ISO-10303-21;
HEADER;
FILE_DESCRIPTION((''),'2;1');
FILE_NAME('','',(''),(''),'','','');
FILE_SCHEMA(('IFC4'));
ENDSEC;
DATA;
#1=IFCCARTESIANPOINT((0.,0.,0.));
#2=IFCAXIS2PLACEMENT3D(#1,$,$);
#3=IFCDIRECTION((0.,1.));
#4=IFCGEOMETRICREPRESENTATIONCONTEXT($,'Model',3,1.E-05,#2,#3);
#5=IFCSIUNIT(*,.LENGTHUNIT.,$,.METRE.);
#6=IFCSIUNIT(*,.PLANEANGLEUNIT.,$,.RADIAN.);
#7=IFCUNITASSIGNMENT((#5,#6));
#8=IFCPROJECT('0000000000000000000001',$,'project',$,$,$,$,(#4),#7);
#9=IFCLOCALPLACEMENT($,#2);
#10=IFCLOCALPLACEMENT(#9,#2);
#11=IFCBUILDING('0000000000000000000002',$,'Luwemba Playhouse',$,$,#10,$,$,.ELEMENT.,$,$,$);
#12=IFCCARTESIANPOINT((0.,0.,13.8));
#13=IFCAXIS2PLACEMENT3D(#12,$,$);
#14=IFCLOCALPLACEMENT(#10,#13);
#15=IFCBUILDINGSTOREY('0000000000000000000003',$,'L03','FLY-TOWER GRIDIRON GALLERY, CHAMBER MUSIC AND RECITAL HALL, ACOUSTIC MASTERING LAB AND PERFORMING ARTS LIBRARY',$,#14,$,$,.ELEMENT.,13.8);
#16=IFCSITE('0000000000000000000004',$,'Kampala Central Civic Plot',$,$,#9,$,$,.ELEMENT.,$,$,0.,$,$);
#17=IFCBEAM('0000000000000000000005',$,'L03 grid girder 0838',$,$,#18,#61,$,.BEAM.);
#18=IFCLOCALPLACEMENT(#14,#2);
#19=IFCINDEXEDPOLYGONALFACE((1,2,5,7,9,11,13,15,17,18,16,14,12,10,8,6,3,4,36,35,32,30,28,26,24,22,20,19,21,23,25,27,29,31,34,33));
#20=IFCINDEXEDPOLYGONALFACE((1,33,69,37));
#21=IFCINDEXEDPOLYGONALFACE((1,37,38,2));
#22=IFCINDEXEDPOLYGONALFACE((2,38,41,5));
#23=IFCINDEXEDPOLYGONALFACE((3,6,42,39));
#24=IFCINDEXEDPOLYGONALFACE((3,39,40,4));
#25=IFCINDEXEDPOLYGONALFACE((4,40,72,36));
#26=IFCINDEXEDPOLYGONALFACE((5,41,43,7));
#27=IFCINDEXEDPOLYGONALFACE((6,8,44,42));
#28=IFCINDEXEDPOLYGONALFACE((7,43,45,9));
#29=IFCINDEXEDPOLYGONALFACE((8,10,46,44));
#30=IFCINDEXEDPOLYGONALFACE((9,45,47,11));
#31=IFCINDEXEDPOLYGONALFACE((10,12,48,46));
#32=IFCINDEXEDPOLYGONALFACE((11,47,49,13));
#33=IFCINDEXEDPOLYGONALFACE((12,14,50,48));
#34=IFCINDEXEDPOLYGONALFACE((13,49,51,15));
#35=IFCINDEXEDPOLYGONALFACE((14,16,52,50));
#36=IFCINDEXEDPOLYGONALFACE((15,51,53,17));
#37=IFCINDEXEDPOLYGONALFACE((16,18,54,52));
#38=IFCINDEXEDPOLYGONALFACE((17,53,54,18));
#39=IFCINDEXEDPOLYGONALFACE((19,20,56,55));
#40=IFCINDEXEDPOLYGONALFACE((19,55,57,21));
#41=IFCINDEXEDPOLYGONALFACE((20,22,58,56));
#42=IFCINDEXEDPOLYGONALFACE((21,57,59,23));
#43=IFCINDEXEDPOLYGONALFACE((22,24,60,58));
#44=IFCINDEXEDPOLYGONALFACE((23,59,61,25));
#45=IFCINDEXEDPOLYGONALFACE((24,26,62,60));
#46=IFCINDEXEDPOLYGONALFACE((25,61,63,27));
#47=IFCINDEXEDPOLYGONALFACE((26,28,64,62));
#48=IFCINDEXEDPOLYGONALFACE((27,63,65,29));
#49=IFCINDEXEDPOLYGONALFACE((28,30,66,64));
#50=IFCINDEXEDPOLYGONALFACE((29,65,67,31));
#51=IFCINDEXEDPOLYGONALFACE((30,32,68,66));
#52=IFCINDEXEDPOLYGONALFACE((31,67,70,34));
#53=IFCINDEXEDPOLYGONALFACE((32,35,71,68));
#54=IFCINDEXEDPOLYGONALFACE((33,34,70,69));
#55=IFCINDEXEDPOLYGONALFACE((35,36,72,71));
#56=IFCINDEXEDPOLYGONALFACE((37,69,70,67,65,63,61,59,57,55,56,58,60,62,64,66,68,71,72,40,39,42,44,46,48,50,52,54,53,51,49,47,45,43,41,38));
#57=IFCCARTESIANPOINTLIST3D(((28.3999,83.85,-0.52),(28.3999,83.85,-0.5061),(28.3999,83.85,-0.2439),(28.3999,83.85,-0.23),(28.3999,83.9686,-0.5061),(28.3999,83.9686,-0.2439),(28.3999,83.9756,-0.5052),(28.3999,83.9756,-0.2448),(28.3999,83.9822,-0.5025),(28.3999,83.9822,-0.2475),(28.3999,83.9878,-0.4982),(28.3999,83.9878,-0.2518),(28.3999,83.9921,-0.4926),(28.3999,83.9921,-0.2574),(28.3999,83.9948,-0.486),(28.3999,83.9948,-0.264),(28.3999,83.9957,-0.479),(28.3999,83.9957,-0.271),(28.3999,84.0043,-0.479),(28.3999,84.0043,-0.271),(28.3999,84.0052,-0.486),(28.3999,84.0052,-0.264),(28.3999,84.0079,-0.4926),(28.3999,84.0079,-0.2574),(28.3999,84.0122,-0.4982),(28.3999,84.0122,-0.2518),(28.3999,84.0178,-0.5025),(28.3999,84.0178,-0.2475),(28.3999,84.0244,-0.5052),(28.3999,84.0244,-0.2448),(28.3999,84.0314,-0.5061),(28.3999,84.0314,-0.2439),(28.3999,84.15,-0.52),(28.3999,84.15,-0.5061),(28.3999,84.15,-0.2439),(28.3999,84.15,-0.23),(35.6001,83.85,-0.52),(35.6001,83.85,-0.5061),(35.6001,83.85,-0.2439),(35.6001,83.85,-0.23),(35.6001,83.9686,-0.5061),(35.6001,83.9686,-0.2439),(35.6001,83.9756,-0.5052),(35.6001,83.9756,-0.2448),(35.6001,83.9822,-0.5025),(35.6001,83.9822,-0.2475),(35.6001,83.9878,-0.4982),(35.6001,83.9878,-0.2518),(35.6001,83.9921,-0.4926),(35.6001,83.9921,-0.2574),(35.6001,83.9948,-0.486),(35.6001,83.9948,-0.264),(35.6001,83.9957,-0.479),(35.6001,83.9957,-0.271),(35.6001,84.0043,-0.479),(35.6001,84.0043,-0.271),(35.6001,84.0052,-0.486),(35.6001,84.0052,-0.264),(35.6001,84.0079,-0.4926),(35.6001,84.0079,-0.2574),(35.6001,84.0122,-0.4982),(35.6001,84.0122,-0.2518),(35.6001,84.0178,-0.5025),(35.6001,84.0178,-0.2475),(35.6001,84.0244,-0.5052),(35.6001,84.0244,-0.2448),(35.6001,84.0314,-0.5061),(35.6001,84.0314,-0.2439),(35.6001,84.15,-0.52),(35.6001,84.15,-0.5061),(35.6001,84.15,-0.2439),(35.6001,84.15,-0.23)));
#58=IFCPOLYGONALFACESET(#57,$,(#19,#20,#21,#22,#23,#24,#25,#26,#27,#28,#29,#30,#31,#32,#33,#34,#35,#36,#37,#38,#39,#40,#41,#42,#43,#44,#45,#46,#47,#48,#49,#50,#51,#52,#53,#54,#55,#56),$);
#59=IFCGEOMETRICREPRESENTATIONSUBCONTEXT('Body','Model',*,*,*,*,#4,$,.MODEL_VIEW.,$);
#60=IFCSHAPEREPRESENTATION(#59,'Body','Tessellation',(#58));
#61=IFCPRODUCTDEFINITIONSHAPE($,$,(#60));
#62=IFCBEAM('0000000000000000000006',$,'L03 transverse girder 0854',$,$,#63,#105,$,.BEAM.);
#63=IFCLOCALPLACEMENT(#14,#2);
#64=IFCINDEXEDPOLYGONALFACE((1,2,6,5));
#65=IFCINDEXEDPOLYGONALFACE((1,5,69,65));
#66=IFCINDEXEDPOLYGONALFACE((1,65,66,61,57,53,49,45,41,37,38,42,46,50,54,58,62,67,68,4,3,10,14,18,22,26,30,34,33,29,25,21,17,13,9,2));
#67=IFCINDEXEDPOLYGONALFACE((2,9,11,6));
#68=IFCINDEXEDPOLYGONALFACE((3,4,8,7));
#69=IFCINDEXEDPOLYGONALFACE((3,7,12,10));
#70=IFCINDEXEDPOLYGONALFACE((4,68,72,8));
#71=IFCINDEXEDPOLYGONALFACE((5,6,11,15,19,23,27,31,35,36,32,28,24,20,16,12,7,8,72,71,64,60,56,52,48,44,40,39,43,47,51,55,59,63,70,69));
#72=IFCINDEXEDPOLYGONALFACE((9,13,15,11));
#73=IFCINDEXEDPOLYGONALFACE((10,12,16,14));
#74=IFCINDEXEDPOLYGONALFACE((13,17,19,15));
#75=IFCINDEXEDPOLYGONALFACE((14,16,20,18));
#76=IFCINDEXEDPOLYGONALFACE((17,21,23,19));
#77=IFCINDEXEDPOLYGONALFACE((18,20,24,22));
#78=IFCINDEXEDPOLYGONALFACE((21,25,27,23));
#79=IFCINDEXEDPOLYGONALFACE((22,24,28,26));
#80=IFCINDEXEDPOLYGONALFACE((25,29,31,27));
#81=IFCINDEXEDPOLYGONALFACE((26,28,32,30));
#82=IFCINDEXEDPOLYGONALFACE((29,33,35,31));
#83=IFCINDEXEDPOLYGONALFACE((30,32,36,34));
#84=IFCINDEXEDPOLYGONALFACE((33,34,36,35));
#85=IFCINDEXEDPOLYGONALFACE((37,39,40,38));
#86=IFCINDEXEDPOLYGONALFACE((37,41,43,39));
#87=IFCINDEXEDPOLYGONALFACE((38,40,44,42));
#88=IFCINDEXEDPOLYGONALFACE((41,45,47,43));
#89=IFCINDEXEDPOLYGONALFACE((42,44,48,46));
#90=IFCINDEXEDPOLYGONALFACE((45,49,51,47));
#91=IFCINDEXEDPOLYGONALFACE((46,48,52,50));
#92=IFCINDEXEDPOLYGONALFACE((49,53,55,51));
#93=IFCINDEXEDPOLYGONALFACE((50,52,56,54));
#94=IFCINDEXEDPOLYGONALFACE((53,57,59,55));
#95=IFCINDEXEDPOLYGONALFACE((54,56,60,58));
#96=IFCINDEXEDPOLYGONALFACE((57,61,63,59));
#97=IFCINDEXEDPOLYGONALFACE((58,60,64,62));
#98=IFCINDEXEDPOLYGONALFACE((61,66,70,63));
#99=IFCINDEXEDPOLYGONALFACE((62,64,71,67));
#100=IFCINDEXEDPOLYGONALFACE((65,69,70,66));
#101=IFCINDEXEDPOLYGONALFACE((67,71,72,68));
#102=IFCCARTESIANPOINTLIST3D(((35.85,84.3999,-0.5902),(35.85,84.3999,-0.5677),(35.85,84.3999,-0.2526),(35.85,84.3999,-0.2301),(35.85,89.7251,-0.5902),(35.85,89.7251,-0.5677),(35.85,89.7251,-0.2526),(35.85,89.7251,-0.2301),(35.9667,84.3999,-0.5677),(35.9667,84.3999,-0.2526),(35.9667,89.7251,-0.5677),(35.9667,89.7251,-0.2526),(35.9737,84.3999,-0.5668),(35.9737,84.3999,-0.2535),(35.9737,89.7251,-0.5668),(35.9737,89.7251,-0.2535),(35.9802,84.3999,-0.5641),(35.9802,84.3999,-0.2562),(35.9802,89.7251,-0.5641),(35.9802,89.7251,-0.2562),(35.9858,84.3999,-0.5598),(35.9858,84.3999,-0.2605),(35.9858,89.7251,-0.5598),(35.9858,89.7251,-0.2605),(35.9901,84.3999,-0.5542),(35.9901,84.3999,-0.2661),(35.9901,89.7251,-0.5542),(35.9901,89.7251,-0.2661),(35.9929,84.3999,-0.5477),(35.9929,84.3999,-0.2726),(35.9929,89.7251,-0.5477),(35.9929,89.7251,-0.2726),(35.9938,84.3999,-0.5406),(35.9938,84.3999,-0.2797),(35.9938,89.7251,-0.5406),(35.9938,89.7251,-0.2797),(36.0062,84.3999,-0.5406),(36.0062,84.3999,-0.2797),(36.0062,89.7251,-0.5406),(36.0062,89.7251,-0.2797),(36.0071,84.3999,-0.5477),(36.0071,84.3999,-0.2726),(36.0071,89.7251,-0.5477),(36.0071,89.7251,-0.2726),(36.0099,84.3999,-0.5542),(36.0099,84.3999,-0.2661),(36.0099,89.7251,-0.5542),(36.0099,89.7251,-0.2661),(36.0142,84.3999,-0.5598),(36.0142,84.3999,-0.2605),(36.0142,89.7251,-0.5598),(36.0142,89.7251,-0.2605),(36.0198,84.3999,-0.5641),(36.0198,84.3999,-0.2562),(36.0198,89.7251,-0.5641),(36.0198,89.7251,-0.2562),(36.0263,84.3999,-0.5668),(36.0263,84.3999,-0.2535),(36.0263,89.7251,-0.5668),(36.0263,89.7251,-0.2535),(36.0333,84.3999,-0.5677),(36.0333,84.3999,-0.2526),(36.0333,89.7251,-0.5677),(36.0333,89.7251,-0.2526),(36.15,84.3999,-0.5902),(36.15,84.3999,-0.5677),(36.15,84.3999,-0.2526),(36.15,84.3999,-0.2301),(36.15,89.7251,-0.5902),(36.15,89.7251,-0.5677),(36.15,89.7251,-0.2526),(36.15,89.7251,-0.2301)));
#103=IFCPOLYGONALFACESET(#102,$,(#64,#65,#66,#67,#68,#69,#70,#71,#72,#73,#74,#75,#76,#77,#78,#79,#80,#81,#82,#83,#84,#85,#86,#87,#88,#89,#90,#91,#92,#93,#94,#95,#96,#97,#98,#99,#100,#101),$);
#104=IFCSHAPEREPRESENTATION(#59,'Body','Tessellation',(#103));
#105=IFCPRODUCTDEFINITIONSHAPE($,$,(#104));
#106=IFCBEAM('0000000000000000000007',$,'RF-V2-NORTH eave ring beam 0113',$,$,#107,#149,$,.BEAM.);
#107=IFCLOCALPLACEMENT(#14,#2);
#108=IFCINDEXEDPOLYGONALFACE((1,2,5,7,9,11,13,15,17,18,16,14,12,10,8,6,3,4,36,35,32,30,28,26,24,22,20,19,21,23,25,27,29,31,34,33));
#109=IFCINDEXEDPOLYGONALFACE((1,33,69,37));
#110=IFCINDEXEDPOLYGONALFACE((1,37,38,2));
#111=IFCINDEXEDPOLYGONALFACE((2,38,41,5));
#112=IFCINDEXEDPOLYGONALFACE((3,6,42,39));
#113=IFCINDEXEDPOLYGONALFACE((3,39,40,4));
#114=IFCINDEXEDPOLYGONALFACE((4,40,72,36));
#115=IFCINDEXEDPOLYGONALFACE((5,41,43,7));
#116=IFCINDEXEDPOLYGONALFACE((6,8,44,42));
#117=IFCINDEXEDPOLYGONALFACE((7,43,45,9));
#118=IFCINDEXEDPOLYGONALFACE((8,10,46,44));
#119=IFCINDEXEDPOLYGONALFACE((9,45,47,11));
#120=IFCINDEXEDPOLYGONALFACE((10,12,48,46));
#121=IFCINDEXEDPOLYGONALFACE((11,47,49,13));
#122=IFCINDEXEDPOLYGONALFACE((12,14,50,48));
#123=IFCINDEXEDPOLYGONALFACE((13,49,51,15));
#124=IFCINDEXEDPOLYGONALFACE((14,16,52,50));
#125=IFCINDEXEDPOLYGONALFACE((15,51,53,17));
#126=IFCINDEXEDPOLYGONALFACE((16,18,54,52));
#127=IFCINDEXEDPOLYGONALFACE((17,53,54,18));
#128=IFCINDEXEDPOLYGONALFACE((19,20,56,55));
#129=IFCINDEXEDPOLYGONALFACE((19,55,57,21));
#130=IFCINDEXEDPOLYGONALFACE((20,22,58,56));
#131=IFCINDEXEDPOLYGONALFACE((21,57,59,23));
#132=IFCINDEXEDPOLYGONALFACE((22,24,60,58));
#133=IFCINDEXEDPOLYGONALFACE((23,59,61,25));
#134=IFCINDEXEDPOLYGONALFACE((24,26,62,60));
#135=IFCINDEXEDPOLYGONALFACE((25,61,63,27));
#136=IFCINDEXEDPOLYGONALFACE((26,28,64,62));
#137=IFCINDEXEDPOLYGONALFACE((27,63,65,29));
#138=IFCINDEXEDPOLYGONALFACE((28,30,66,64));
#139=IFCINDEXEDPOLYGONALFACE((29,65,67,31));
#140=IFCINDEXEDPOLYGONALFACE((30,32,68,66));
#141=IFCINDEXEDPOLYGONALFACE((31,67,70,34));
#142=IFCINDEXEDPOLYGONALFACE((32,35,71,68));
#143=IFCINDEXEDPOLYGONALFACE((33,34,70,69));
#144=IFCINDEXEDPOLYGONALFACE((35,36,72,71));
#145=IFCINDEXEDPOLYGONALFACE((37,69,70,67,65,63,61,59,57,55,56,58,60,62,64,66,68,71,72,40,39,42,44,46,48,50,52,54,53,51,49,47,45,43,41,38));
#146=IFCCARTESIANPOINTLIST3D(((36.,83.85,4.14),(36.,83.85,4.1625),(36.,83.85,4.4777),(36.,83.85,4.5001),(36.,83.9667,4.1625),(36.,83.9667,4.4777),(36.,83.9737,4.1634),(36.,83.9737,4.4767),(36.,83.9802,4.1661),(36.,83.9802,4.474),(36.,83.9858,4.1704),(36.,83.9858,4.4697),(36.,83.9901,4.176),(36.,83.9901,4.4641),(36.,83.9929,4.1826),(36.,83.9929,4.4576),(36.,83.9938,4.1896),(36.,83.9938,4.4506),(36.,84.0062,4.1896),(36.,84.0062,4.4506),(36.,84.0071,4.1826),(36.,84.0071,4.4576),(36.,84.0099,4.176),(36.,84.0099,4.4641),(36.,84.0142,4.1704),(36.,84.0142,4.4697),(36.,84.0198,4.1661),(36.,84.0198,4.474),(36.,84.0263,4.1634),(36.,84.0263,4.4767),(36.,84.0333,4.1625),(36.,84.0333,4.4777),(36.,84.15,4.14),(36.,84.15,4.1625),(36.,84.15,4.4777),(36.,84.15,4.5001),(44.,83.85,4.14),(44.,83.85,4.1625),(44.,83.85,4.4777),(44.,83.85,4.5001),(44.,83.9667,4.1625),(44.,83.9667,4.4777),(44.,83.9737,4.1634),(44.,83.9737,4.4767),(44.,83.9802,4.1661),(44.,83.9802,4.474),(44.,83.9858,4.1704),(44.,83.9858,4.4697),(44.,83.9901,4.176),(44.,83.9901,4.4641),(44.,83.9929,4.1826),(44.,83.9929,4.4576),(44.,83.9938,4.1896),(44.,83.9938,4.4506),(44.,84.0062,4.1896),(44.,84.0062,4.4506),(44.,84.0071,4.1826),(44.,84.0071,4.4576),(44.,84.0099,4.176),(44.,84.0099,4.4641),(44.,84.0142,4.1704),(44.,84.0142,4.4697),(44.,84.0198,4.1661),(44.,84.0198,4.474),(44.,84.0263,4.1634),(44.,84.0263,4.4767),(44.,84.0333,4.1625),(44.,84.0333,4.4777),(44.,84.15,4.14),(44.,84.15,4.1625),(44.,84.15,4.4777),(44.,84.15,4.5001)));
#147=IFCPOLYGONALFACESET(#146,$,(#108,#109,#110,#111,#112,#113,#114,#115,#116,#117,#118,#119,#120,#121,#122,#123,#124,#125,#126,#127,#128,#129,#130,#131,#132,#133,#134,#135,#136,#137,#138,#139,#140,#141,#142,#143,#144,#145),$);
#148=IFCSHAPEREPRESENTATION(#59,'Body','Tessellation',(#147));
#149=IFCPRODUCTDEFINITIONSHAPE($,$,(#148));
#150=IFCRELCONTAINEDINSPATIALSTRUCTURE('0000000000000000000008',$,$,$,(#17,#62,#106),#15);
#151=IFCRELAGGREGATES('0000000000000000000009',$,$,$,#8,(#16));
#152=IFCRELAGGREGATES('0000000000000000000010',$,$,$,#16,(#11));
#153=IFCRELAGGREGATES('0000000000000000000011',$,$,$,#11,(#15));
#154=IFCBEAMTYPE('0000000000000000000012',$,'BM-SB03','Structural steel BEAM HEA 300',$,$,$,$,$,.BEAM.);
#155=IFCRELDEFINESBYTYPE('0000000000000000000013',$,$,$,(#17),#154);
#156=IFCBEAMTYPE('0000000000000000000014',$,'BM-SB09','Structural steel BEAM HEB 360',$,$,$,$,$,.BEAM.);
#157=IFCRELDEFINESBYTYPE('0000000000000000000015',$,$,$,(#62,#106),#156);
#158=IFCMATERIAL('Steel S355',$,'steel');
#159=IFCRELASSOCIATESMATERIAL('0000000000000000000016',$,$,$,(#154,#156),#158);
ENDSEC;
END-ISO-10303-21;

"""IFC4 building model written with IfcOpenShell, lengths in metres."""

from ifc_helpers import new_model, si_unit, direction, frame, origin, origin_2d, place, context, subcontext, project, spatial, i_section, extrude, material, material_profile, profile_set, type_object, element, save


model = new_model("IFC4")

# Units and contexts
model_context = context("Model", 3, precision=1e-05, world=origin(), true_north=direction((0.0, 1.0)))
body_context = subcontext(model_context, "Body", "Model", "MODEL_VIEW")
ifc_project = project(units=[si_unit("LENGTHUNIT", "METRE"), si_unit("PLANEANGLEUNIT", "RADIAN")], contexts=[model_context])

# Site, building, storey
site_placement = place(None, origin())
site = spatial("IfcSite", under=ifc_project, at=site_placement, Name="Kampala Central Civic Plot", CompositionType="ELEMENT", RefElevation=0.0)
building_placement = place(site_placement, origin())
building = spatial("IfcBuilding", under=site, at=building_placement, Name="Luwemba Playhouse", CompositionType="ELEMENT")
storey_placement = place(building_placement, frame((0.0, 0.0, 13.8)))
storey = spatial("IfcBuildingStorey", under=building, at=storey_placement, Name="L03", Description="FLY-TOWER GRIDIRON GALLERY, CHAMBER MUSIC AND RECITAL HALL, ACOUSTIC MASTERING LAB AND PERFORMING ARTS LIBRARY", CompositionType="ELEMENT", Elevation=13.8)

# Shared definitions
ifc_material_1 = material(Name="Steel S355", Category="steel")

# Beams
ifc_material_profile_1 = material_profile(ifc_material_1, i_section(OverallWidth=0.3, OverallDepth=0.29, WebThickness=0.0085, FlangeThickness=0.0139, FilletRadius=0.0271, at=origin_2d()))
ifc_profile_set_1 = profile_set([ifc_material_profile_1], Name="Steel S355")
beam_type_1 = type_object("IfcBeamType", Name="BM-SB03", Description="Structural steel BEAM HEA 300", PredefinedType="BEAM", material=ifc_profile_set_1)
beam_1_placement = place(storey_placement, frame((28.3999, 84.0, -0.375), z_axis=(1.0, 0.0, 0.0), x_axis=(0.0, 1.0, 0.0)))
element("IfcBeam", 1, at=beam_1_placement, inside=storey, type_object=beam_type_1, Name="L03 grid girder 0838", PredefinedType="BEAM", context=body_context, shape_type="SweptSolid", body=[
    extrude(i_section(OverallWidth=0.3, OverallDepth=0.29, WebThickness=0.0085, FlangeThickness=0.0139, FilletRadius=0.0271, at=origin_2d()), origin(), (0.0, 0.0, 1.0), 7.2002),
])
ifc_material_profile_2 = material_profile(ifc_material_1, i_section(OverallWidth=0.3, OverallDepth=0.3601, WebThickness=0.0125, FlangeThickness=0.0225, FilletRadius=0.0271, at=origin_2d()))
ifc_profile_set_2 = profile_set([ifc_material_profile_2], Name="Steel S355")
beam_type_2 = type_object("IfcBeamType", Name="BM-SB09", Description="Structural steel BEAM HEB 360", PredefinedType="BEAM", material=ifc_profile_set_2)
beam_2_placement = place(storey_placement, frame((36.0, 84.3999, -0.4102), z_axis=(0.0, 1.0, 0.0), x_axis=(-1.0, 0.0, 0.0)))
element("IfcBeam", 2, at=beam_2_placement, inside=storey, type_object=beam_type_2, Name="L03 transverse girder 0854", PredefinedType="BEAM", context=body_context, shape_type="SweptSolid", body=[
    extrude(i_section(OverallWidth=0.3, OverallDepth=0.3601, WebThickness=0.0125, FlangeThickness=0.0225, FilletRadius=0.0271, at=origin_2d()), origin(), (0.0, 0.0, 1.0), 5.3252),
])
beam_3_placement = place(storey_placement, frame((36.0, 84.0, 4.3201), z_axis=(1.0, 0.0, 0.0), x_axis=(0.0, 1.0, 0.0)))
element("IfcBeam", 3, at=beam_3_placement, inside=storey, type_object=beam_type_2, Name="RF-V2-NORTH eave ring beam 0113", PredefinedType="BEAM", context=body_context, shape_type="SweptSolid", body=[
    extrude(i_section(OverallWidth=0.3, OverallDepth=0.3601, WebThickness=0.0125, FlangeThickness=0.0225, FilletRadius=0.0271, at=origin_2d()), origin(), (0.0, 0.0, 1.0), 8.0),
])

save(model, "model.ifc")
